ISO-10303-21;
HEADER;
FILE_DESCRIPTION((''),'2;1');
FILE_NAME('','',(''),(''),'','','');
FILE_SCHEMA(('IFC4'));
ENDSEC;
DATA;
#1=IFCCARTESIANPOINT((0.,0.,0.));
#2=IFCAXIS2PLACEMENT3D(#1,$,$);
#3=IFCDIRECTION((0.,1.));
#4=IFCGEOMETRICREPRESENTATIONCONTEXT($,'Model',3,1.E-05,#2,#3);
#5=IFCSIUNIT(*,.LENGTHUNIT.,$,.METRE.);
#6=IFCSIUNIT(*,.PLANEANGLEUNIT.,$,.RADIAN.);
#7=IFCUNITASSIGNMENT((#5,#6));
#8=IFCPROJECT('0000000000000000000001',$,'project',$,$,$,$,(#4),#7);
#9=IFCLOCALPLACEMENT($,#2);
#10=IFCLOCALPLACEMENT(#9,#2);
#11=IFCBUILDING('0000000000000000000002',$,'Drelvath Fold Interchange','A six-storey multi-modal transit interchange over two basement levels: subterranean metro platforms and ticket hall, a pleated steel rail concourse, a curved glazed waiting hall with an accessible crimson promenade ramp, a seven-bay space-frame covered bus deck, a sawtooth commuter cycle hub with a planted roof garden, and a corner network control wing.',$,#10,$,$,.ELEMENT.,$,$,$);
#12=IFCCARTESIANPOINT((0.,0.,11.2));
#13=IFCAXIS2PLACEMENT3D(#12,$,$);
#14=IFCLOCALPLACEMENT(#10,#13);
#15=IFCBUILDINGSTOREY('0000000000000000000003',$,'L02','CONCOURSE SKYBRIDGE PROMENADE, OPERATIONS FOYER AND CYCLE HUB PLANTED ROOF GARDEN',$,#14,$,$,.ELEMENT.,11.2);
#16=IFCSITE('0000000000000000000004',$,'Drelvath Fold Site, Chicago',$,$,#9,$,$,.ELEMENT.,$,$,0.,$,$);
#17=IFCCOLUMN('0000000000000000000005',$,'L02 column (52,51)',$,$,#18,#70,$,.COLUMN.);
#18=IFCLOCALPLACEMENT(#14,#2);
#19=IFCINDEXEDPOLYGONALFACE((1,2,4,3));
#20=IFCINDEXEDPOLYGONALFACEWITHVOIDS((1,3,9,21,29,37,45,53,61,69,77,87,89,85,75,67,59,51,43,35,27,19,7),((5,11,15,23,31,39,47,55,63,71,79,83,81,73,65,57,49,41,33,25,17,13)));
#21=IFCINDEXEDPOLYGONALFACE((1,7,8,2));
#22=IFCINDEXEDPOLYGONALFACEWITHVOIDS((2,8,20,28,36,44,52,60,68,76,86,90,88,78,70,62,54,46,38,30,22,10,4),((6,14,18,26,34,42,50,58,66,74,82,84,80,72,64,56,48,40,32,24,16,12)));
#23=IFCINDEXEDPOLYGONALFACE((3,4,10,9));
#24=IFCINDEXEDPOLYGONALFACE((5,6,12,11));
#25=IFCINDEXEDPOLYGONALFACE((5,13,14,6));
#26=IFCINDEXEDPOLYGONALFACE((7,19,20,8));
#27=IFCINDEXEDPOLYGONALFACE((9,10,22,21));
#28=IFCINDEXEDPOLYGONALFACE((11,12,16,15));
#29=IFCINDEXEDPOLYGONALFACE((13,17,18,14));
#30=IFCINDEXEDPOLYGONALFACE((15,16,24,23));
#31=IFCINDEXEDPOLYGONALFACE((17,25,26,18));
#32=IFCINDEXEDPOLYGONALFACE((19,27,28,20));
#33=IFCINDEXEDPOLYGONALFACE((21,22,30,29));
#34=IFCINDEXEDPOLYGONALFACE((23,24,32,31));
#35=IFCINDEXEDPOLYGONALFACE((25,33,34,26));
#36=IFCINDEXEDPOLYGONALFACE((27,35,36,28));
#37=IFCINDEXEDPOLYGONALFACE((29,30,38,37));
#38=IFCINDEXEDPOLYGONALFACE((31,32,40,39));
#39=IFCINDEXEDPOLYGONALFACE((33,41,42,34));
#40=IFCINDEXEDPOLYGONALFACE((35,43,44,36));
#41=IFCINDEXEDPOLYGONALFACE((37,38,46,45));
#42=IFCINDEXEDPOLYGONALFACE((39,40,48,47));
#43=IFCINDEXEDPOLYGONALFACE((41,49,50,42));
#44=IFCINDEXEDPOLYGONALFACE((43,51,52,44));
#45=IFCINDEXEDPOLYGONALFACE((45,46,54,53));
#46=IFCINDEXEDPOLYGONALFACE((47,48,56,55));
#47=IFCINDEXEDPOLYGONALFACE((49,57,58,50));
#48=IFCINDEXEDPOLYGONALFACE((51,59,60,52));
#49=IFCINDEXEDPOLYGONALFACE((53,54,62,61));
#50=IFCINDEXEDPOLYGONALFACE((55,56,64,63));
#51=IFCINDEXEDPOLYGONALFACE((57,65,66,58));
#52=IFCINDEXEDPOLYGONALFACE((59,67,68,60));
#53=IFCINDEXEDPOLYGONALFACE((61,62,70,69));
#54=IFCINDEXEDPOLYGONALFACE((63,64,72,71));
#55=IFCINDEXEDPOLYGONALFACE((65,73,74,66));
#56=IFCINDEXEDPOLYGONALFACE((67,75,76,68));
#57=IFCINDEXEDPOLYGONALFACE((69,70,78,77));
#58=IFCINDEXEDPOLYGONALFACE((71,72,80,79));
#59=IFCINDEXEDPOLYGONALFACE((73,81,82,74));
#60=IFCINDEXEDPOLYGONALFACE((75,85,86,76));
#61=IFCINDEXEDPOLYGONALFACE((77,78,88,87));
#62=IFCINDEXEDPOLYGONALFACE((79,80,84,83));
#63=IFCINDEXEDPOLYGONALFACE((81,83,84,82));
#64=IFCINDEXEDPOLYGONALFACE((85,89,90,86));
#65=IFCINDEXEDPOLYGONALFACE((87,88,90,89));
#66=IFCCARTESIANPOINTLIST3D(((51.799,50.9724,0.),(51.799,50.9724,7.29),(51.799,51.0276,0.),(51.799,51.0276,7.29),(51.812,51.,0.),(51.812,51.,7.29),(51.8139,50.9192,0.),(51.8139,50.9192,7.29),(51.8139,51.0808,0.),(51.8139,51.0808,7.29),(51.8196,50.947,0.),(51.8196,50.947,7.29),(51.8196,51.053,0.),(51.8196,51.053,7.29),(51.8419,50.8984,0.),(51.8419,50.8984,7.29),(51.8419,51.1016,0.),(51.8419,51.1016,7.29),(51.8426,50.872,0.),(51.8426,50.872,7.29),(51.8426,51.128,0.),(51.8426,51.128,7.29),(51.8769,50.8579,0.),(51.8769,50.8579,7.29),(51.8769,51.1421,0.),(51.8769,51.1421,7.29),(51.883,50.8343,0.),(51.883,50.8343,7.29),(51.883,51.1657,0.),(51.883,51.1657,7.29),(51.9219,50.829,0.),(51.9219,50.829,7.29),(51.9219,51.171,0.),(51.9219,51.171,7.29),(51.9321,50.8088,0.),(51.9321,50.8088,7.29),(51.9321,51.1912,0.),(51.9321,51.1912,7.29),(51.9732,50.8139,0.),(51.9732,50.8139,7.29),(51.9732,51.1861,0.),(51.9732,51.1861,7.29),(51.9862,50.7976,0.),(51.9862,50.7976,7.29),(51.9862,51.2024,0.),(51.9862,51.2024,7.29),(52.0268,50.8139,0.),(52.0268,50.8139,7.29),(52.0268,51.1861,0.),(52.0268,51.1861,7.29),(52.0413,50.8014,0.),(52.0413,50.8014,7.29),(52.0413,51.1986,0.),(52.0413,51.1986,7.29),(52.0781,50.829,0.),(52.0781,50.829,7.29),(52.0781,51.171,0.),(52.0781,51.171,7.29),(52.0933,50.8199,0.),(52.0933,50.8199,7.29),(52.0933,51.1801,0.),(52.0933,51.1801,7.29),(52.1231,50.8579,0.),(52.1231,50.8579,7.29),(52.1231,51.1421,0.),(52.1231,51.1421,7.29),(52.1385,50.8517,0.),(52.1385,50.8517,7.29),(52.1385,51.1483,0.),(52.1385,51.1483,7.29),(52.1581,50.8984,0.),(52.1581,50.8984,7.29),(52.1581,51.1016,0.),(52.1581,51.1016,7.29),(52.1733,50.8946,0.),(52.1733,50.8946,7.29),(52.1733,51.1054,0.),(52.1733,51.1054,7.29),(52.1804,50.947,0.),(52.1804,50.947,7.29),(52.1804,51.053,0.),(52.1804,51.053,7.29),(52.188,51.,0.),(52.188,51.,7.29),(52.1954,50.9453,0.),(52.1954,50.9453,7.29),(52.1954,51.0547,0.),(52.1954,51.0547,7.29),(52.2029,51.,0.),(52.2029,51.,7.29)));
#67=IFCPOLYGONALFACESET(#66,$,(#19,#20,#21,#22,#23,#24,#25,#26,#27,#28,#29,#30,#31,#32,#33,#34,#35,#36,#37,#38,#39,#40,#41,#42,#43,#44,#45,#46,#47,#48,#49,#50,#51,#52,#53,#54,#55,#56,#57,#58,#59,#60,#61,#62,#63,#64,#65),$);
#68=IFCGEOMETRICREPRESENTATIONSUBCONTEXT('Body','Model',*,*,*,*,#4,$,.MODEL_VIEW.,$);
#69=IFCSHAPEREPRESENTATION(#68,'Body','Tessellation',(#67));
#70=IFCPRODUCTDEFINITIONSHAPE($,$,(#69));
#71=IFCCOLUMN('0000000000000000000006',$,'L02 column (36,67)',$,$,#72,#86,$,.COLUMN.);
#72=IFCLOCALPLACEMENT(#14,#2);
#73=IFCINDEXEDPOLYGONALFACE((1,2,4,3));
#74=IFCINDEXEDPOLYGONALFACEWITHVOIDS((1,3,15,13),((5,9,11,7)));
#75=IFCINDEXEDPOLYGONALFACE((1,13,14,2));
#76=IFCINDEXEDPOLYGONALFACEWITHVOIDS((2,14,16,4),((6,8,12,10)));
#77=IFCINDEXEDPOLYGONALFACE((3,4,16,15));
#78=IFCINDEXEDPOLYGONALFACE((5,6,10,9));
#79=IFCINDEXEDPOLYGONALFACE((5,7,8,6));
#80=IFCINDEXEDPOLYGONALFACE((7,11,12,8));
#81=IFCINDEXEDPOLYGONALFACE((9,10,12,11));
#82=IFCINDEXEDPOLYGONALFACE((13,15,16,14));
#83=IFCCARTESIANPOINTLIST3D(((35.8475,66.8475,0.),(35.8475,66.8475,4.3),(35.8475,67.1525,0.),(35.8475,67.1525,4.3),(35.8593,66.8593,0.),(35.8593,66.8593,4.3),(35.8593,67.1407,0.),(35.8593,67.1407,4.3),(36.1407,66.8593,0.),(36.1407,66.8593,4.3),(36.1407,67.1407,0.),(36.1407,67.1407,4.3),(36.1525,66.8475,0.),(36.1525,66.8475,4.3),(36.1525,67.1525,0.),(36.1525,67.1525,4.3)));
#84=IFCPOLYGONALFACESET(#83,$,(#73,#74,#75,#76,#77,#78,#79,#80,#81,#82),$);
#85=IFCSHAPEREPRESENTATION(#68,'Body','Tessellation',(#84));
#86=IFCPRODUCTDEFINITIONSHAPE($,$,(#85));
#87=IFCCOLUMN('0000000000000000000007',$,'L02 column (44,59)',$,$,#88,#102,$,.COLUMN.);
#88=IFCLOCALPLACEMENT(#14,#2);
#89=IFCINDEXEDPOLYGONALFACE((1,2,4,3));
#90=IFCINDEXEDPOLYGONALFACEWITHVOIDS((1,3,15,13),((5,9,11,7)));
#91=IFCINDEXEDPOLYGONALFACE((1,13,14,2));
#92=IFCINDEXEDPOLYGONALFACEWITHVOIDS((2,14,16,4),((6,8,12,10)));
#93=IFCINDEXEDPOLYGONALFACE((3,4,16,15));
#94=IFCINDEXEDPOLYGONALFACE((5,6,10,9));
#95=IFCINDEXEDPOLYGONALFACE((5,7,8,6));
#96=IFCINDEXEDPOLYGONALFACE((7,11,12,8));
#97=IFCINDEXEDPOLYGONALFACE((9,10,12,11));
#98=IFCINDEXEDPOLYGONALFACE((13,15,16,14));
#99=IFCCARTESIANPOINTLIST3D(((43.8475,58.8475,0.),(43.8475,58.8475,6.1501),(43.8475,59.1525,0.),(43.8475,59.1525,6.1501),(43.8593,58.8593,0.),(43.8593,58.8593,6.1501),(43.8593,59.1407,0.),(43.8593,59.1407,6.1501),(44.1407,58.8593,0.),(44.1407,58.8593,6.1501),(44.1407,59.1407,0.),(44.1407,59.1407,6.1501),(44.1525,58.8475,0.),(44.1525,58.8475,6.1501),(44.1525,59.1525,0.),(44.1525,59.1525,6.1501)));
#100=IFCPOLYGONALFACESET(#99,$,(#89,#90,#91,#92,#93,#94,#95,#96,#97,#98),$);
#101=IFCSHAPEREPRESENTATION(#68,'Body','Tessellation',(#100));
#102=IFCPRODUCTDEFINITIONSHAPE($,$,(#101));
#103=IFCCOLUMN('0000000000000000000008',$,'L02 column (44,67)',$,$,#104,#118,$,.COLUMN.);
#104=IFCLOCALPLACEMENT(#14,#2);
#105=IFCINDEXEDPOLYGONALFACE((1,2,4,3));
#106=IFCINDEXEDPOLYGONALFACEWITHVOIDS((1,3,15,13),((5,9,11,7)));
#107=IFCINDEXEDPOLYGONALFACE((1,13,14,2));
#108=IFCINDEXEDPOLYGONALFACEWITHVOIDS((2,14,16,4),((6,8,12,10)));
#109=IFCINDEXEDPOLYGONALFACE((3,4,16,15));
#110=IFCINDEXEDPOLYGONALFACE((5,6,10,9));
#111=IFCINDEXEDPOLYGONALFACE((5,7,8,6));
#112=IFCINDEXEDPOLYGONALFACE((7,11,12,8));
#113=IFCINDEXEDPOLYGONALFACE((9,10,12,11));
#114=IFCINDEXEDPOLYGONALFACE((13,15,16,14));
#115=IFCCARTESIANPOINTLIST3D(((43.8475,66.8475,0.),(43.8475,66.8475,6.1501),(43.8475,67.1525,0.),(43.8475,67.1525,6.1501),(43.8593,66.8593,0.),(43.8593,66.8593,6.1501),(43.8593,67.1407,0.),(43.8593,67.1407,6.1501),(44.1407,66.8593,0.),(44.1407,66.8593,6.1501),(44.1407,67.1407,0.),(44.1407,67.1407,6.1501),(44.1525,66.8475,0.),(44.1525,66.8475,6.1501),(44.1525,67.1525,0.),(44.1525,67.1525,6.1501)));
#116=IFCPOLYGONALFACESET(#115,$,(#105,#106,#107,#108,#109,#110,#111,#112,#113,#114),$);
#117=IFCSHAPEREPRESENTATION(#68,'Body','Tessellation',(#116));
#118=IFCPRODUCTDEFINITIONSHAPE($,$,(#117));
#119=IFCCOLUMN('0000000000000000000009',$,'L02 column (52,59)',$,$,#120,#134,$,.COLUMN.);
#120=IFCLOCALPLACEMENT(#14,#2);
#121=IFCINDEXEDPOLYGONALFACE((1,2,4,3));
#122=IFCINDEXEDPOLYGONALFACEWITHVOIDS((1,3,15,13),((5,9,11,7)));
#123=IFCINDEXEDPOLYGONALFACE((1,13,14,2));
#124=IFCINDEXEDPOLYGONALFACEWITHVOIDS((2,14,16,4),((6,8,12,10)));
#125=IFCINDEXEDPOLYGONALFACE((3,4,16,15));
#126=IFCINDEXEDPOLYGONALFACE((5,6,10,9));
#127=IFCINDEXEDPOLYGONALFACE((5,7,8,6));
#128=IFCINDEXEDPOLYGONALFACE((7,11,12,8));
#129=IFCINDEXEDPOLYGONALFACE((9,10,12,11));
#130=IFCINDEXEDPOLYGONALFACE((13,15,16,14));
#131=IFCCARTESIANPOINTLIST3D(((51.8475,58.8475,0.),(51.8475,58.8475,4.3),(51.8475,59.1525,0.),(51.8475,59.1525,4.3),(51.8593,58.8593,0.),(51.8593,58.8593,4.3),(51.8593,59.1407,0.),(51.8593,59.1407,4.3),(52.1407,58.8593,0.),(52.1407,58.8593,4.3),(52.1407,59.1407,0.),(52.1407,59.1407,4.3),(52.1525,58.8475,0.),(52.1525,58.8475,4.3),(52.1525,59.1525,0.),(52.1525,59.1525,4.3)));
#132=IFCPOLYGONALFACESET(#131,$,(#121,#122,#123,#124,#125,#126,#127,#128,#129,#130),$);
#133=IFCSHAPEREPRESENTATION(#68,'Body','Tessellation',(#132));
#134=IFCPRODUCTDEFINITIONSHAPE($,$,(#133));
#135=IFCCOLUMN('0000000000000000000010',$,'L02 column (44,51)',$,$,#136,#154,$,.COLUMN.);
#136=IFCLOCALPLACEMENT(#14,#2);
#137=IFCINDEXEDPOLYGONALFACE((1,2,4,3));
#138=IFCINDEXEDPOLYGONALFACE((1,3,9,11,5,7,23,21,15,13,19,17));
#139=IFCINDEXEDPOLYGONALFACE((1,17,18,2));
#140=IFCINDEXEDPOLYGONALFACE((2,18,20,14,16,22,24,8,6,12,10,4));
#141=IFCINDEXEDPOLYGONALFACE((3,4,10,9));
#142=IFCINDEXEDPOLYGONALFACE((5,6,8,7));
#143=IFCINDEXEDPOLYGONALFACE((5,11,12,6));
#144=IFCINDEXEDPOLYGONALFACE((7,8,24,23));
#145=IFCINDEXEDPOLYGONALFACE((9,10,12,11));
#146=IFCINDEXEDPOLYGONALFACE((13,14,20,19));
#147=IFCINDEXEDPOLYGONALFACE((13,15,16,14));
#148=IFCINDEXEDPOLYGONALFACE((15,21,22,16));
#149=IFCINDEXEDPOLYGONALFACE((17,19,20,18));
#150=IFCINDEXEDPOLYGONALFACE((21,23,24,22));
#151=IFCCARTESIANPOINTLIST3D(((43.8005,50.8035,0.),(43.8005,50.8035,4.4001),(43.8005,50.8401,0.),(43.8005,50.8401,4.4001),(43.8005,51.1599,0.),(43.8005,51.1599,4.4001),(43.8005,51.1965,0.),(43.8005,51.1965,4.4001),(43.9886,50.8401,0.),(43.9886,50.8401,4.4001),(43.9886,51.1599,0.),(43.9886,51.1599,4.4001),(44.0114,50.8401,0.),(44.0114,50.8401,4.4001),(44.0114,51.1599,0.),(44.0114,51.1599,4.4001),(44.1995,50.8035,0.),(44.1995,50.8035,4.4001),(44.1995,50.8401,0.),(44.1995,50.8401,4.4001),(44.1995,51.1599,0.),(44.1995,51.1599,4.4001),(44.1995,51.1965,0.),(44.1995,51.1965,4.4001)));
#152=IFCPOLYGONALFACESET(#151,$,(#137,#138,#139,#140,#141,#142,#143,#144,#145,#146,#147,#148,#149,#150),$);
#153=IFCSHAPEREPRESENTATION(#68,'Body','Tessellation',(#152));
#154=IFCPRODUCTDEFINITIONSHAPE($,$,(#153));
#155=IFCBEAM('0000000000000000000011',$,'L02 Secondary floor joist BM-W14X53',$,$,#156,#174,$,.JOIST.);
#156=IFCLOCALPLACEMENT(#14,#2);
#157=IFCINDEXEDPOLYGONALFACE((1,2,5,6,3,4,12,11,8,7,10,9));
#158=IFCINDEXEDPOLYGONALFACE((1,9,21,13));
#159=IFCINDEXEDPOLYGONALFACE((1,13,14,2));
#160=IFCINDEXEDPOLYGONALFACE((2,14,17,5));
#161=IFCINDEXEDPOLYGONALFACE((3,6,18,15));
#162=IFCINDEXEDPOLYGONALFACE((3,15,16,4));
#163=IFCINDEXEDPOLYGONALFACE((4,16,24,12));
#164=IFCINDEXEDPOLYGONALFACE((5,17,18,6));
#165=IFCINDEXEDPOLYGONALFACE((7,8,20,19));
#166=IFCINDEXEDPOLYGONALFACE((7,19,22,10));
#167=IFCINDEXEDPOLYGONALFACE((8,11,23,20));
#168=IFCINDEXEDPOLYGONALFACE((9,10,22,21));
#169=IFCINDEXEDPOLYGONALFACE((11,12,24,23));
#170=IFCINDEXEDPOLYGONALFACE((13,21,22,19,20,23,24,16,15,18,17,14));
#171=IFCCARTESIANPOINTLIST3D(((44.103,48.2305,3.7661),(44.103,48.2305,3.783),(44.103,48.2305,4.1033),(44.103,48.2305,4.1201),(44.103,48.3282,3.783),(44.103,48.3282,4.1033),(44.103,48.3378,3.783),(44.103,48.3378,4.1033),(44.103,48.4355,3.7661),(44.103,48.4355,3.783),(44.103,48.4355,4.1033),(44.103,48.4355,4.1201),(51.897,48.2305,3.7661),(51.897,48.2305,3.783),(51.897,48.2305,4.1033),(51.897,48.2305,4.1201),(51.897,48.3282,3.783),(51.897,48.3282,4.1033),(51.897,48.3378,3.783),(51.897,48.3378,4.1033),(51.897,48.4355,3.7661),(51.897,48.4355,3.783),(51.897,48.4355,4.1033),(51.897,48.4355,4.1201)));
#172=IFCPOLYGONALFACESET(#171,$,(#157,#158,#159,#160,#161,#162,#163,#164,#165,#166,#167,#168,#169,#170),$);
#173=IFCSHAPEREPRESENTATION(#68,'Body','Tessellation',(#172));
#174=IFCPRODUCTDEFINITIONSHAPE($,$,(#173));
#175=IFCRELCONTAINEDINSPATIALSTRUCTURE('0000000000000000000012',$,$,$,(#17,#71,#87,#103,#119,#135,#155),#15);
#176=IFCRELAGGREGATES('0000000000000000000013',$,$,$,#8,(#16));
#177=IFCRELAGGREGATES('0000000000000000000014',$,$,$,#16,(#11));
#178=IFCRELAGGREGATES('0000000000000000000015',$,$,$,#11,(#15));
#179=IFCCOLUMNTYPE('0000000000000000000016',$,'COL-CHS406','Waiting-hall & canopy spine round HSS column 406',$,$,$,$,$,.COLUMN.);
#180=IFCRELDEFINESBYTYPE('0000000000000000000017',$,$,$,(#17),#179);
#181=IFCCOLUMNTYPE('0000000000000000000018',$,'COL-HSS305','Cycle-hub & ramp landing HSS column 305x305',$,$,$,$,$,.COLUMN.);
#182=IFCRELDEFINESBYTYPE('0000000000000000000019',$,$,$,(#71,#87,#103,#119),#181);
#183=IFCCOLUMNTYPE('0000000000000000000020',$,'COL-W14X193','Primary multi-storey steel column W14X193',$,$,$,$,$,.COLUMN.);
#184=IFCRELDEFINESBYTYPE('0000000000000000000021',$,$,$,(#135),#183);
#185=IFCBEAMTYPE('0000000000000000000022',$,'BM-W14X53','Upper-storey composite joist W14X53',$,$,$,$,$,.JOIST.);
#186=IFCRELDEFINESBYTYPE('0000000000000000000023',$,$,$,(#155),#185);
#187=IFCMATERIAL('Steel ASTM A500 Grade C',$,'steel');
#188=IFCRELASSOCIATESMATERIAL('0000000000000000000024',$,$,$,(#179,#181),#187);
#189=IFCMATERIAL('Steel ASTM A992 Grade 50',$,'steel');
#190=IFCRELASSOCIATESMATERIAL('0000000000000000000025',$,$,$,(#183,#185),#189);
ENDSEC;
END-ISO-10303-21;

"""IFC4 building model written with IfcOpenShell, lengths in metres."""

from ifc_helpers import new_model, si_unit, direction, frame, origin, origin_2d, place, context, subcontext, project, spatial, hollow_rectangle, hollow_circle, i_section, extrude, material, material_profile, profile_set, type_object, element, save


model = new_model("IFC4")

# Units and contexts
model_context = context("Model", 3, precision=1e-05, world=origin(), true_north=direction((0.0, 1.0)))
body_context = subcontext(model_context, "Body", "Model", "MODEL_VIEW")
ifc_project = project(units=[si_unit("LENGTHUNIT", "METRE"), si_unit("PLANEANGLEUNIT", "RADIAN")], contexts=[model_context])

# Site, building, storey
site_placement = place(None, origin())
site = spatial("IfcSite", under=ifc_project, at=site_placement, Name="Drelvath Fold Site, Chicago", CompositionType="ELEMENT", RefElevation=0.0)
building_placement = place(site_placement, origin())
building = spatial("IfcBuilding", under=site, at=building_placement, Name="Drelvath Fold Interchange", Description="A six-storey multi-modal transit interchange over two basement levels: subterranean metro platforms and ticket hall, a pleated steel rail concourse, a curved glazed waiting hall with an accessible crimson promenade ramp, a seven-bay space-frame covered bus deck, a sawtooth commuter cycle hub with a planted roof garden, and a corner network control wing.", CompositionType="ELEMENT")
storey_placement = place(building_placement, frame((0.0, 0.0, 11.2)))
storey = spatial("IfcBuildingStorey", under=building, at=storey_placement, Name="L02", Description="CONCOURSE SKYBRIDGE PROMENADE, OPERATIONS FOYER AND CYCLE HUB PLANTED ROOF GARDEN", CompositionType="ELEMENT", Elevation=11.2)

# Columns
ifc_material_1 = material(Name="Steel ASTM A500 Grade C", Category="steel")
ifc_material_profile_1 = material_profile(ifc_material_1, hollow_circle(Radius=0.2029, WallThickness=0.0149, at=origin_2d()), Name="HSS16.000X0.625")
ifc_profile_set_1 = profile_set([ifc_material_profile_1], Name="Steel ASTM A500 Grade C")
column_type_1 = type_object("IfcColumnType", Name="COL-CHS406", Description="Waiting-hall & canopy spine round HSS column 406", PredefinedType="COLUMN", material=ifc_profile_set_1)
column_1_placement = place(storey_placement, frame((52.0, 51.0, 0.0), z_axis=(0.0, 0.0, 1.0), x_axis=(1.0, 0.0, 0.0)))
element("IfcColumn", 1, at=column_1_placement, inside=storey, type_object=column_type_1, Name="L02 column (52,51)", PredefinedType="COLUMN", context=body_context, shape_type="SweptSolid", body=[
    extrude(hollow_circle(Radius=0.2029, WallThickness=0.0149, at=origin_2d()), origin(), (0.0, 0.0, 1.0), 7.29),
])
ifc_material_profile_2 = material_profile(ifc_material_1, hollow_rectangle(XDim=0.3049, YDim=0.3049, WallThickness=0.0117, at=origin_2d()), Name="HSS12X12X1/2")
ifc_profile_set_2 = profile_set([ifc_material_profile_2], Name="Steel ASTM A500 Grade C")
column_type_2 = type_object("IfcColumnType", Name="COL-HSS305", Description="Cycle-hub & ramp landing HSS column 305x305", PredefinedType="COLUMN", material=ifc_profile_set_2)
column_2_placement = place(storey_placement, frame((36.0, 67.0, 0.0), z_axis=(0.0, 0.0, 1.0), x_axis=(1.0, 0.0, 0.0)))
element("IfcColumn", 2, at=column_2_placement, inside=storey, type_object=column_type_2, Name="L02 column (36,67)", PredefinedType="COLUMN", context=body_context, shape_type="SweptSolid", body=[
    extrude(hollow_rectangle(XDim=0.3049, YDim=0.3049, WallThickness=0.0117, at=origin_2d()), origin(), (0.0, 0.0, 1.0), 4.3),
])
for number, where, z_axis, x_axis, name in (
    (3, (44.0, 59.0, 0.0), (0.0, 0.0, 1.0), (1.0, 0.0, 0.0), "L02 column (44,59)"),
    (4, (44.0, 67.0, 0.0), (0.0, 0.0, 1.0), (1.0, 0.0, 0.0), "L02 column (44,67)"),
):
    element("IfcColumn", number, at=place(storey_placement, frame(where, z_axis=z_axis, x_axis=x_axis)), inside=storey, type_object=column_type_2, Name=name, PredefinedType="COLUMN", context=body_context, shape_type="SweptSolid", body=[
        extrude(hollow_rectangle(XDim=0.3049, YDim=0.3049, WallThickness=0.0117, at=origin_2d()), origin(), (0.0, 0.0, 1.0), 6.1501),
    ])
column_3_placement = place(storey_placement, frame((52.0, 59.0, 0.0), z_axis=(0.0, 0.0, 1.0), x_axis=(1.0, 0.0, 0.0)))
element("IfcColumn", 5, at=column_3_placement, inside=storey, type_object=column_type_2, Name="L02 column (52,59)", PredefinedType="COLUMN", context=body_context, shape_type="SweptSolid", body=[
    extrude(hollow_rectangle(XDim=0.3049, YDim=0.3049, WallThickness=0.0117, at=origin_2d()), origin(), (0.0, 0.0, 1.0), 4.3),
])
ifc_material_2 = material(Name="Steel ASTM A992 Grade 50", Category="steel")
ifc_material_profile_3 = material_profile(ifc_material_2, i_section(OverallWidth=0.3989, OverallDepth=0.3931, WebThickness=0.0227, FlangeThickness=0.0366, at=origin_2d()), Name="W14X193")
ifc_profile_set_3 = profile_set([ifc_material_profile_3], Name="Steel ASTM A992 Grade 50")
column_type_3 = type_object("IfcColumnType", Name="COL-W14X193", Description="Primary multi-storey steel column W14X193", PredefinedType="COLUMN", material=ifc_profile_set_3)
column_4_placement = place(storey_placement, frame((44.0, 51.0, 0.0), z_axis=(0.0, 0.0, 1.0), x_axis=(1.0, 0.0, 0.0)))
element("IfcColumn", 6, at=column_4_placement, inside=storey, type_object=column_type_3, Name="L02 column (44,51)", PredefinedType="COLUMN", context=body_context, shape_type="SweptSolid", body=[
    extrude(i_section(OverallWidth=0.3989, OverallDepth=0.3931, WebThickness=0.0227, FlangeThickness=0.0366, at=origin_2d()), origin(), (0.0, 0.0, 1.0), 4.4001),
])

# Beam
ifc_material_profile_4 = material_profile(ifc_material_2, i_section(OverallWidth=0.2051, OverallDepth=0.354, WebThickness=0.0095, FlangeThickness=0.0168, at=origin_2d()), Name="W14X53")
ifc_profile_set_4 = profile_set([ifc_material_profile_4], Name="Steel ASTM A992 Grade 50")
beam_type_1 = type_object("IfcBeamType", Name="BM-W14X53", Description="Upper-storey composite joist W14X53", PredefinedType="JOIST", material=ifc_profile_set_4)
beam_placement = place(storey_placement, frame((44.103, 48.333, 3.9431), z_axis=(1.0, 0.0, 0.0), x_axis=(0.0, 1.0, 0.0)))
element("IfcBeam", 7, at=beam_placement, inside=storey, type_object=beam_type_1, Name="L02 Secondary floor joist BM-W14X53", PredefinedType="JOIST", context=body_context, shape_type="SweptSolid", body=[
    extrude(i_section(OverallWidth=0.2051, OverallDepth=0.354, WebThickness=0.0095, FlangeThickness=0.0168, at=origin_2d()), origin(), (0.0, 0.0, 1.0), 7.7939),
])

save(model, "model.ifc")
